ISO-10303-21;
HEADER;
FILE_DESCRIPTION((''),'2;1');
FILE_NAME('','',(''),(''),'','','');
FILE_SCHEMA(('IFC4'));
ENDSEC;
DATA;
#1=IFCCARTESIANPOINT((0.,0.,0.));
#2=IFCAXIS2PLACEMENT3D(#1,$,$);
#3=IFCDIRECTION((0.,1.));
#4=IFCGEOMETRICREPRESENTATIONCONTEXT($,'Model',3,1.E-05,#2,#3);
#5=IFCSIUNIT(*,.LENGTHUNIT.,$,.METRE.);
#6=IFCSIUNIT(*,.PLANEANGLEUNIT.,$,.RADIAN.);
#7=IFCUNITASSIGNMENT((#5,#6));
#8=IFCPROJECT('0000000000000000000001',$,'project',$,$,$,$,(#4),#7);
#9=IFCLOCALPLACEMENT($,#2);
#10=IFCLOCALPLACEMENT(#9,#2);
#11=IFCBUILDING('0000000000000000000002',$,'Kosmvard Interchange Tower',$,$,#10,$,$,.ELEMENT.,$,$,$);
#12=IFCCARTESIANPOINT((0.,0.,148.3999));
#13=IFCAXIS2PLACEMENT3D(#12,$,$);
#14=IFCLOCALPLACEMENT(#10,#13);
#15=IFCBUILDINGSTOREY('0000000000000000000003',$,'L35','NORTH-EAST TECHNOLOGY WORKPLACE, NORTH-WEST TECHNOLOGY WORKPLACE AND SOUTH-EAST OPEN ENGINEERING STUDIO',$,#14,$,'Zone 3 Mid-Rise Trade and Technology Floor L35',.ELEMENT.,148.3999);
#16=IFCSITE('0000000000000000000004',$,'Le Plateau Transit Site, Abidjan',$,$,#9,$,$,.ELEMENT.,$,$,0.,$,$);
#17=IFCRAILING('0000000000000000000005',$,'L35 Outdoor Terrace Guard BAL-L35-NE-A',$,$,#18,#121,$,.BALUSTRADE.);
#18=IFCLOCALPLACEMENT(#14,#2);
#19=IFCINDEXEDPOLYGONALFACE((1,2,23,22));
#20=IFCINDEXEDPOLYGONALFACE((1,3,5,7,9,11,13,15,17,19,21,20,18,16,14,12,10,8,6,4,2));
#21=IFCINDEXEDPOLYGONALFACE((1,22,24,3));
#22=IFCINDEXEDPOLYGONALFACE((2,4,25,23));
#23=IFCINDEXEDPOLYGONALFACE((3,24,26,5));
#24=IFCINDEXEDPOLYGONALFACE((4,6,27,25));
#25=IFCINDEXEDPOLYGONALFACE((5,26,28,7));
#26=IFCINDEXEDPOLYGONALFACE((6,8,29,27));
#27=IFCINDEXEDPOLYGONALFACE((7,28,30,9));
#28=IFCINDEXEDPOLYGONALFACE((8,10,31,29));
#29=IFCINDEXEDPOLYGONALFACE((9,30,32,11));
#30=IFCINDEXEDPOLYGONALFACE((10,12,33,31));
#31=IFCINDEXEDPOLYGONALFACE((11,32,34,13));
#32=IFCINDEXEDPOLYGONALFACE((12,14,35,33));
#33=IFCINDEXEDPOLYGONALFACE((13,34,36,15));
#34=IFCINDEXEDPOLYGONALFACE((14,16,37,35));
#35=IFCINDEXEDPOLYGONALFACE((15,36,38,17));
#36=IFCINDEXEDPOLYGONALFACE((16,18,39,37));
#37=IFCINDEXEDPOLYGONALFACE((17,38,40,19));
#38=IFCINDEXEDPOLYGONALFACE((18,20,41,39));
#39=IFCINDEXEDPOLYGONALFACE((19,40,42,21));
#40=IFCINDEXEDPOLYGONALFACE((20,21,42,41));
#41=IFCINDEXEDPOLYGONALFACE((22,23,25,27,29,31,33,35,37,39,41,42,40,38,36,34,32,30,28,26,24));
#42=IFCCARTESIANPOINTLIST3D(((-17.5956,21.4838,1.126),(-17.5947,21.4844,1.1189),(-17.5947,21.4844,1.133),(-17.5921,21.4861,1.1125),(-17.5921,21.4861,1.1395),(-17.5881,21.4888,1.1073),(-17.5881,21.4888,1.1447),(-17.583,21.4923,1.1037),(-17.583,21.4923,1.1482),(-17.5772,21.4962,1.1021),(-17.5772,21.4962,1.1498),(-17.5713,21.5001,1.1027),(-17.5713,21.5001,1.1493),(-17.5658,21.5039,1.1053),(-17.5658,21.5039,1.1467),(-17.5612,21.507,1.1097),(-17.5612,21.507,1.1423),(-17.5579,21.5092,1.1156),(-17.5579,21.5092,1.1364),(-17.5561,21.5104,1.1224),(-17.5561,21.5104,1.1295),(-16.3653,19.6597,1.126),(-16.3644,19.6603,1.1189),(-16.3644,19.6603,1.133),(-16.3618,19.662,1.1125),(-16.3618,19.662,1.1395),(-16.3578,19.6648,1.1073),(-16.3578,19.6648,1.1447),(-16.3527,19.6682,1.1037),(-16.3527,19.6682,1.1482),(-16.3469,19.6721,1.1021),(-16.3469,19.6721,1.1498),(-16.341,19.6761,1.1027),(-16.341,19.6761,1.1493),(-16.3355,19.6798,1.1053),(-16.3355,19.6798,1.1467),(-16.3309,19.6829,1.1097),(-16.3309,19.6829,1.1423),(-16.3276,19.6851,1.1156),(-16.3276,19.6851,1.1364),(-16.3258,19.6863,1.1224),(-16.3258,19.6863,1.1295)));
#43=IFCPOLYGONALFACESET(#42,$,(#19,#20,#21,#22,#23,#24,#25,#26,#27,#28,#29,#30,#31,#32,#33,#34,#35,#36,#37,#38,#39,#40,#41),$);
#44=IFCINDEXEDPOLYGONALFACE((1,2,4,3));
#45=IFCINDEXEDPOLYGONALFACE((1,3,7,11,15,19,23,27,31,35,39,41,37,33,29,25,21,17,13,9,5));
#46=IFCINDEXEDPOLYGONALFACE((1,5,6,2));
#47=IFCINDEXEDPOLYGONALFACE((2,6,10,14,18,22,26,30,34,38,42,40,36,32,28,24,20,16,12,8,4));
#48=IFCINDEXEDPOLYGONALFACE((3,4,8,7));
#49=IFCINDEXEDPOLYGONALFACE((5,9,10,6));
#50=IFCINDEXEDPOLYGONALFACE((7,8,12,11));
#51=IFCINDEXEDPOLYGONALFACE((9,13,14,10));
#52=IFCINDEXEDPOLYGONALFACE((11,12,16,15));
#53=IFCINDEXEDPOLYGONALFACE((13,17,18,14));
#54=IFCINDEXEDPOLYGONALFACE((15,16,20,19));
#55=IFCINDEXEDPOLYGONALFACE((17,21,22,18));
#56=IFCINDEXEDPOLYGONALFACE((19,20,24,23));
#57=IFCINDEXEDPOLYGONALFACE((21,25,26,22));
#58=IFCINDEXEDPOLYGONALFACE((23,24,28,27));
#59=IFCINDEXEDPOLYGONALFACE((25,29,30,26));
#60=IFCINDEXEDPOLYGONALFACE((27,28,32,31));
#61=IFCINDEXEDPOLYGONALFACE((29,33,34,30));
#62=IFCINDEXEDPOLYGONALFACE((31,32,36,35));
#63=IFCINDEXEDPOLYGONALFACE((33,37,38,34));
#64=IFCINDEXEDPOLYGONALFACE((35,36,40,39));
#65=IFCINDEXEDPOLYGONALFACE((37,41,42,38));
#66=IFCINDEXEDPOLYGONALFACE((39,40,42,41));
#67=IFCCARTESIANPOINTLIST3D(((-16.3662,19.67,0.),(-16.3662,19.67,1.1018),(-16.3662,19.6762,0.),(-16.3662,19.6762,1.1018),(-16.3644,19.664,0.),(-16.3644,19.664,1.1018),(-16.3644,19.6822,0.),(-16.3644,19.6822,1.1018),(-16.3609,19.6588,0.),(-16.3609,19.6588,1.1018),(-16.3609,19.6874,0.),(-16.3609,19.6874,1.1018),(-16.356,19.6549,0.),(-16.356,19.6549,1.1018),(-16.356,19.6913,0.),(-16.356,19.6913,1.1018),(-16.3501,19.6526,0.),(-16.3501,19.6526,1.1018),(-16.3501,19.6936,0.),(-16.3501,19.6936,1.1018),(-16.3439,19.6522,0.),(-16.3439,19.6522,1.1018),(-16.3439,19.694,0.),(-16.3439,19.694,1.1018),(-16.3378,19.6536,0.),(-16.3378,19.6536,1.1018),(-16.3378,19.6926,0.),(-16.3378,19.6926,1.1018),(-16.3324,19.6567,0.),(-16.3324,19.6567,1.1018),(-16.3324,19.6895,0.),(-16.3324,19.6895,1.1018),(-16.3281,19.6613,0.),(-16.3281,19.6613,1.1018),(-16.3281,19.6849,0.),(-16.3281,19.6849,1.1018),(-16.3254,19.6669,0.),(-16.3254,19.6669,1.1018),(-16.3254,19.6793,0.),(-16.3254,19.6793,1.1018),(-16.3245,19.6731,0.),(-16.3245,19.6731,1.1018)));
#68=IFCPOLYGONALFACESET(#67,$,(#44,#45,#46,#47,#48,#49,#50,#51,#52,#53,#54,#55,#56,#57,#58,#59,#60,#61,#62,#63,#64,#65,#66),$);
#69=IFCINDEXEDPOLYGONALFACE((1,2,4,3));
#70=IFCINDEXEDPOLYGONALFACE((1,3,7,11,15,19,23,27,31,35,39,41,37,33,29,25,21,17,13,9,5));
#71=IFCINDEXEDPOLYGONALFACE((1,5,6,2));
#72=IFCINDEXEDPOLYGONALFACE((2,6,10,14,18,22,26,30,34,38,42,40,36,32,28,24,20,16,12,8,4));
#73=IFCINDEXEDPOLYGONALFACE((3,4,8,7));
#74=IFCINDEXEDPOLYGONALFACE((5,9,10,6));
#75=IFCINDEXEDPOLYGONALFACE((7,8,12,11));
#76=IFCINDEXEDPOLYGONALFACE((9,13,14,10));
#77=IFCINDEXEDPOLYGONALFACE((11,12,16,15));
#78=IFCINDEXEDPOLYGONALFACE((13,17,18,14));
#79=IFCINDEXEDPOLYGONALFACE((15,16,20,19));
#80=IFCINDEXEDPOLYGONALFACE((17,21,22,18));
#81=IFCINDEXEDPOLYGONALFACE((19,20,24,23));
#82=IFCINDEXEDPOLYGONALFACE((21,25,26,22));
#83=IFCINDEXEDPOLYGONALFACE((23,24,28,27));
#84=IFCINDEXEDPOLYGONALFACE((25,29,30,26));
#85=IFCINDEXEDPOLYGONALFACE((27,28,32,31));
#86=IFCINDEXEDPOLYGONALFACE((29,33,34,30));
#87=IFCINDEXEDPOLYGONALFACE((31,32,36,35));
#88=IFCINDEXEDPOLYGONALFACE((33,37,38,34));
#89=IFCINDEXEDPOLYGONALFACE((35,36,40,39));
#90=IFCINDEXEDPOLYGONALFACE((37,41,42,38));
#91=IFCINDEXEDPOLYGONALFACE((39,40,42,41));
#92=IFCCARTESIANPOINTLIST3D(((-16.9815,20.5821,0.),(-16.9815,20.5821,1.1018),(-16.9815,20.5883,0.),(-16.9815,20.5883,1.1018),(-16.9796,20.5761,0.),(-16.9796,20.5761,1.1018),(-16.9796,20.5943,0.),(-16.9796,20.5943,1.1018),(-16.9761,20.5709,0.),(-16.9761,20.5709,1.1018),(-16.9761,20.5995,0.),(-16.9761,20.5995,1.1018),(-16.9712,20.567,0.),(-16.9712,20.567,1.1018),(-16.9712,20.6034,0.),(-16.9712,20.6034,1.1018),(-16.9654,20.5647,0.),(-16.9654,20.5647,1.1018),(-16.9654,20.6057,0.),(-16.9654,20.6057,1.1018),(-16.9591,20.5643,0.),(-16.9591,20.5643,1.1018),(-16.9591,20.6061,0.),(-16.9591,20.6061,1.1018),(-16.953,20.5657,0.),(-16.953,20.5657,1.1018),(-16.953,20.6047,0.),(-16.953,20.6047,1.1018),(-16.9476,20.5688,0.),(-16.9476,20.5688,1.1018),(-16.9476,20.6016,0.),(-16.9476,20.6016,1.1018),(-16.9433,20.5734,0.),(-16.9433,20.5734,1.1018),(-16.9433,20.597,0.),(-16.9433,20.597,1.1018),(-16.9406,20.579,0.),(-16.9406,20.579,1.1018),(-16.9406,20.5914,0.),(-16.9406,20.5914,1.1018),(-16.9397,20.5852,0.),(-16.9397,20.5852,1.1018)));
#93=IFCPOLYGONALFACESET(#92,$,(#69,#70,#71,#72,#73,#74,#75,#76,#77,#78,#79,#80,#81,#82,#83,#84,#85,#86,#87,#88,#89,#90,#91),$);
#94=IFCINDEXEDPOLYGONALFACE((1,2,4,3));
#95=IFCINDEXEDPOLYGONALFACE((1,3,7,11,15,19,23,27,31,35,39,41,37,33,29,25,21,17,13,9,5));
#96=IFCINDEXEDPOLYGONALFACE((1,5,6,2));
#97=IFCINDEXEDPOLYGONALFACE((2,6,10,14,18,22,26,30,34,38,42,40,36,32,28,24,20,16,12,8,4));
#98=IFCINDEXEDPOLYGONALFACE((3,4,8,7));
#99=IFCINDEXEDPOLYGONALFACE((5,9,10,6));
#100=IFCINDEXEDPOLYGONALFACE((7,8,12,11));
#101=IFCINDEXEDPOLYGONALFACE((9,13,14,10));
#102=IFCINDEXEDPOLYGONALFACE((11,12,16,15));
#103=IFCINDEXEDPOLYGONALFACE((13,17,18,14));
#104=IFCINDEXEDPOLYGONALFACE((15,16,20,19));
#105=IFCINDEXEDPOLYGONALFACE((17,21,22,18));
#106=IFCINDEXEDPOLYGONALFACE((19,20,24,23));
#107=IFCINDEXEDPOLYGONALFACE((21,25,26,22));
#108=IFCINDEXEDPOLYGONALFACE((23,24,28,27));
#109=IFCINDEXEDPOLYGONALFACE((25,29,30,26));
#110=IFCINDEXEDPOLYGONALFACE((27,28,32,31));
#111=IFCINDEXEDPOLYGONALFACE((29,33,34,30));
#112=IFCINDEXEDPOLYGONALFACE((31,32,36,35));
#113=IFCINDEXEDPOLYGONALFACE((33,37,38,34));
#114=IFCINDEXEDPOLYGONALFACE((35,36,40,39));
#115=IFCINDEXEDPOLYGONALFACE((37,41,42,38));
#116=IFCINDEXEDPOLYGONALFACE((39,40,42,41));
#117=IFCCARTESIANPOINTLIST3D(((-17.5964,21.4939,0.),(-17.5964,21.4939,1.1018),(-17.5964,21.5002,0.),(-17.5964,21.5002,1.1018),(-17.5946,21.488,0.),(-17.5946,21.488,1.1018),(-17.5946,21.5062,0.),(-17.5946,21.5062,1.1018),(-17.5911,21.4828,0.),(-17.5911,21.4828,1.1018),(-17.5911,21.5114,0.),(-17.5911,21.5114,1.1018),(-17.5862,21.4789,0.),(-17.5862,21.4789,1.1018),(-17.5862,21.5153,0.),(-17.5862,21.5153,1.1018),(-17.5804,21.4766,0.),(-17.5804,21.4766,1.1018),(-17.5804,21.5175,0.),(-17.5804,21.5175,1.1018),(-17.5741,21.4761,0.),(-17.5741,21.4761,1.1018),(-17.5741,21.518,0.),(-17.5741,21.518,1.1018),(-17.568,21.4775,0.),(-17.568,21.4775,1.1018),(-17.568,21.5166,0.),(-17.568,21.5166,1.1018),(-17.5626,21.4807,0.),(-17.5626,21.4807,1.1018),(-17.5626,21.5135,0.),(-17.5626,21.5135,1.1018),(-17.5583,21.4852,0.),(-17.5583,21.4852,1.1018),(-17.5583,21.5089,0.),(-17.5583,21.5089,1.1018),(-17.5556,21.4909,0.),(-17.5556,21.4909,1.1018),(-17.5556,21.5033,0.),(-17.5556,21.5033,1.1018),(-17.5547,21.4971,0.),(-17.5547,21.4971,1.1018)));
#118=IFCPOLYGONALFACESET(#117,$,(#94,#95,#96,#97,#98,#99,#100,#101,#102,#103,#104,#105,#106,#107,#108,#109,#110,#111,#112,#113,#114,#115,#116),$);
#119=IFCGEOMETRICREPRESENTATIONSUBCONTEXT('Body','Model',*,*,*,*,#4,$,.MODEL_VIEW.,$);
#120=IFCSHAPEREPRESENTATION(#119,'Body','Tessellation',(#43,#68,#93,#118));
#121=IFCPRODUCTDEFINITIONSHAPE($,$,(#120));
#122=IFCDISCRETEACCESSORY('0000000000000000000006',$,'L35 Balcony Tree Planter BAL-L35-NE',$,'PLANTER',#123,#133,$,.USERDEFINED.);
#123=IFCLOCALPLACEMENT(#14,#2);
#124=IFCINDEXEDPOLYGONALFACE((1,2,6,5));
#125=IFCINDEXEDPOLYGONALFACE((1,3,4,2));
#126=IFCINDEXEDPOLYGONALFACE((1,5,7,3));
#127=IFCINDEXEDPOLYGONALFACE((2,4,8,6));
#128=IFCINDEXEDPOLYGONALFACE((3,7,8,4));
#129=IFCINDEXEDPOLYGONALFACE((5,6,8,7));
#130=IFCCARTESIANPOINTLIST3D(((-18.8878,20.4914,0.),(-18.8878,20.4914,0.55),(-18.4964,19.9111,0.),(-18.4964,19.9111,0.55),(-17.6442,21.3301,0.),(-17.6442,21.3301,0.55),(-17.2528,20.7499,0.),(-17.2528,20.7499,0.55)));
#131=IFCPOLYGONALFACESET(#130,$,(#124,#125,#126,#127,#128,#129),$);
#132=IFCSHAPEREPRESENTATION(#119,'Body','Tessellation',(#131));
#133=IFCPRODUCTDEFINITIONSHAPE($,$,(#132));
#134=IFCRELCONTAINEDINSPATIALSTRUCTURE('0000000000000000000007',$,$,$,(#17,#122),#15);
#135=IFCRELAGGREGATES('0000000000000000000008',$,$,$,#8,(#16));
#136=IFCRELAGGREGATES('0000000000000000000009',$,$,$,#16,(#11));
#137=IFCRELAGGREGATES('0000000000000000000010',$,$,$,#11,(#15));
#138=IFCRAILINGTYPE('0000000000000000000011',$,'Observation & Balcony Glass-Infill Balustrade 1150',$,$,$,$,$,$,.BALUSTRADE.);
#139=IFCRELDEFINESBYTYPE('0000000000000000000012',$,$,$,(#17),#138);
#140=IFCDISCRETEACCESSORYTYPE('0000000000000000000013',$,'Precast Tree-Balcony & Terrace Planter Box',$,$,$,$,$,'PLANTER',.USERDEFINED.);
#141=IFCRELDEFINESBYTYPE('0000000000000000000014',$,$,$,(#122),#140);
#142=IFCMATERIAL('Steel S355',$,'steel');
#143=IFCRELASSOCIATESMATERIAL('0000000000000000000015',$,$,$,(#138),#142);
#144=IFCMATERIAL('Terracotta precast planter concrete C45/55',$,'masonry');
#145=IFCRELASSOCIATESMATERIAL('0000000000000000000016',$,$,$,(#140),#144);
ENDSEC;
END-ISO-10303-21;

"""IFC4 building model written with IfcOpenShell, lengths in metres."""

from ifc_helpers import new_model, si_unit, direction, frame, origin, origin_2d, place, context, subcontext, project, spatial, rectangle, circle, extrude, source, transform, mapped, material, type_object, element, save


model = new_model("IFC4")

# Units and contexts
model_context = context("Model", 3, precision=1e-05, world=origin(), true_north=direction((0.0, 1.0)))
body_context = subcontext(model_context, "Body", "Model", "MODEL_VIEW")
ifc_project = project(units=[si_unit("LENGTHUNIT", "METRE"), si_unit("PLANEANGLEUNIT", "RADIAN")], contexts=[model_context])

# Site, building, storey
site_placement = place(None, origin())
site = spatial("IfcSite", under=ifc_project, at=site_placement, Name="Le Plateau Transit Site, Abidjan", CompositionType="ELEMENT", RefElevation=0.0)
building_placement = place(site_placement, origin())
building = spatial("IfcBuilding", under=site, at=building_placement, Name="Kosmvard Interchange Tower", CompositionType="ELEMENT")
storey_placement = place(building_placement, frame((0.0, 0.0, 148.3999)))
storey = spatial("IfcBuildingStorey", under=building, at=storey_placement, Name="L35", Description="NORTH-EAST TECHNOLOGY WORKPLACE, NORTH-WEST TECHNOLOGY WORKPLACE AND SOUTH-EAST OPEN ENGINEERING STUDIO", LongName="Zone 3 Mid-Rise Trade and Technology Floor L35", CompositionType="ELEMENT", Elevation=148.3999)

# Shared definitions
ifc_material_1 = material(Name="Steel S355", Category="steel")

# Railing
railing_type = type_object("IfcRailingType", Name="Observation & Balcony Glass-Infill Balustrade 1150", PredefinedType="BALUSTRADE", material=ifc_material_1)
shared_shape_1 = source(origin(), body_context, "Body", "SweptSolid", [
    extrude(circle(Radius=0.0239, at=origin_2d()), frame((0.0, 0.0, 1.126), z_axis=(-0.559174, 0.829051, 0.0), x_axis=(-0.829051, -0.559174, 0.0)), (0.0, 0.0, 1.0), 2.2002),
    extrude(circle(Radius=0.021, at=origin_2d()), origin(), (0.0, 0.0, 1.0), 1.1018),
    extrude(circle(Radius=0.021, at=origin_2d()), frame((-0.6152, 0.9121, 0.0)), (0.0, 0.0, 1.0), 1.1018),
    extrude(circle(Radius=0.021, at=origin_2d()), frame((-1.2302, 1.824, 0.0)), (0.0, 0.0, 1.0), 1.1018),
])
railing_1_placement = place(storey_placement, frame((-16.3455, 19.6731, 0.0)))
element("IfcRailing", 1, at=railing_1_placement, inside=storey, type_object=railing_type, Name="L35 Outdoor Terrace Guard BAL-L35-NE-A", PredefinedType="BALUSTRADE", context=body_context, shape_type="MappedRepresentation", body=[
    mapped(shared_shape_1, transform((0.0, 0.0, 0.0), scale=1.0)),
])

# Discrete accessory
ifc_material_2 = material(Name="Terracotta precast planter concrete C45/55", Category="masonry")
discrete_accessory_type = type_object("IfcDiscreteAccessoryType", Name="Precast Tree-Balcony & Terrace Planter Box", ElementType="PLANTER", PredefinedType="USERDEFINED", material=ifc_material_2)
shared_shape_2 = source(origin(), body_context, "Body", "SweptSolid", [
    extrude(rectangle(XDim=1.5, YDim=0.7, at=origin_2d()), origin(), (0.0, 0.0, 1.0), 0.55),
])
discrete_accessory_placement = place(storey_placement, frame((-18.0703, 20.6206, 0.0), z_axis=(0.0, 0.0, 1.0), x_axis=(0.829038, 0.559193, 0.0)))
element("IfcDiscreteAccessory", 2, at=discrete_accessory_placement, inside=storey, type_object=discrete_accessory_type, Name="L35 Balcony Tree Planter BAL-L35-NE", ObjectType="PLANTER", PredefinedType="USERDEFINED", context=body_context, shape_type="MappedRepresentation", body=[
    mapped(shared_shape_2, transform((0.0, 0.0, 0.0), scale=1.0)),
])

save(model, "model.ifc")
